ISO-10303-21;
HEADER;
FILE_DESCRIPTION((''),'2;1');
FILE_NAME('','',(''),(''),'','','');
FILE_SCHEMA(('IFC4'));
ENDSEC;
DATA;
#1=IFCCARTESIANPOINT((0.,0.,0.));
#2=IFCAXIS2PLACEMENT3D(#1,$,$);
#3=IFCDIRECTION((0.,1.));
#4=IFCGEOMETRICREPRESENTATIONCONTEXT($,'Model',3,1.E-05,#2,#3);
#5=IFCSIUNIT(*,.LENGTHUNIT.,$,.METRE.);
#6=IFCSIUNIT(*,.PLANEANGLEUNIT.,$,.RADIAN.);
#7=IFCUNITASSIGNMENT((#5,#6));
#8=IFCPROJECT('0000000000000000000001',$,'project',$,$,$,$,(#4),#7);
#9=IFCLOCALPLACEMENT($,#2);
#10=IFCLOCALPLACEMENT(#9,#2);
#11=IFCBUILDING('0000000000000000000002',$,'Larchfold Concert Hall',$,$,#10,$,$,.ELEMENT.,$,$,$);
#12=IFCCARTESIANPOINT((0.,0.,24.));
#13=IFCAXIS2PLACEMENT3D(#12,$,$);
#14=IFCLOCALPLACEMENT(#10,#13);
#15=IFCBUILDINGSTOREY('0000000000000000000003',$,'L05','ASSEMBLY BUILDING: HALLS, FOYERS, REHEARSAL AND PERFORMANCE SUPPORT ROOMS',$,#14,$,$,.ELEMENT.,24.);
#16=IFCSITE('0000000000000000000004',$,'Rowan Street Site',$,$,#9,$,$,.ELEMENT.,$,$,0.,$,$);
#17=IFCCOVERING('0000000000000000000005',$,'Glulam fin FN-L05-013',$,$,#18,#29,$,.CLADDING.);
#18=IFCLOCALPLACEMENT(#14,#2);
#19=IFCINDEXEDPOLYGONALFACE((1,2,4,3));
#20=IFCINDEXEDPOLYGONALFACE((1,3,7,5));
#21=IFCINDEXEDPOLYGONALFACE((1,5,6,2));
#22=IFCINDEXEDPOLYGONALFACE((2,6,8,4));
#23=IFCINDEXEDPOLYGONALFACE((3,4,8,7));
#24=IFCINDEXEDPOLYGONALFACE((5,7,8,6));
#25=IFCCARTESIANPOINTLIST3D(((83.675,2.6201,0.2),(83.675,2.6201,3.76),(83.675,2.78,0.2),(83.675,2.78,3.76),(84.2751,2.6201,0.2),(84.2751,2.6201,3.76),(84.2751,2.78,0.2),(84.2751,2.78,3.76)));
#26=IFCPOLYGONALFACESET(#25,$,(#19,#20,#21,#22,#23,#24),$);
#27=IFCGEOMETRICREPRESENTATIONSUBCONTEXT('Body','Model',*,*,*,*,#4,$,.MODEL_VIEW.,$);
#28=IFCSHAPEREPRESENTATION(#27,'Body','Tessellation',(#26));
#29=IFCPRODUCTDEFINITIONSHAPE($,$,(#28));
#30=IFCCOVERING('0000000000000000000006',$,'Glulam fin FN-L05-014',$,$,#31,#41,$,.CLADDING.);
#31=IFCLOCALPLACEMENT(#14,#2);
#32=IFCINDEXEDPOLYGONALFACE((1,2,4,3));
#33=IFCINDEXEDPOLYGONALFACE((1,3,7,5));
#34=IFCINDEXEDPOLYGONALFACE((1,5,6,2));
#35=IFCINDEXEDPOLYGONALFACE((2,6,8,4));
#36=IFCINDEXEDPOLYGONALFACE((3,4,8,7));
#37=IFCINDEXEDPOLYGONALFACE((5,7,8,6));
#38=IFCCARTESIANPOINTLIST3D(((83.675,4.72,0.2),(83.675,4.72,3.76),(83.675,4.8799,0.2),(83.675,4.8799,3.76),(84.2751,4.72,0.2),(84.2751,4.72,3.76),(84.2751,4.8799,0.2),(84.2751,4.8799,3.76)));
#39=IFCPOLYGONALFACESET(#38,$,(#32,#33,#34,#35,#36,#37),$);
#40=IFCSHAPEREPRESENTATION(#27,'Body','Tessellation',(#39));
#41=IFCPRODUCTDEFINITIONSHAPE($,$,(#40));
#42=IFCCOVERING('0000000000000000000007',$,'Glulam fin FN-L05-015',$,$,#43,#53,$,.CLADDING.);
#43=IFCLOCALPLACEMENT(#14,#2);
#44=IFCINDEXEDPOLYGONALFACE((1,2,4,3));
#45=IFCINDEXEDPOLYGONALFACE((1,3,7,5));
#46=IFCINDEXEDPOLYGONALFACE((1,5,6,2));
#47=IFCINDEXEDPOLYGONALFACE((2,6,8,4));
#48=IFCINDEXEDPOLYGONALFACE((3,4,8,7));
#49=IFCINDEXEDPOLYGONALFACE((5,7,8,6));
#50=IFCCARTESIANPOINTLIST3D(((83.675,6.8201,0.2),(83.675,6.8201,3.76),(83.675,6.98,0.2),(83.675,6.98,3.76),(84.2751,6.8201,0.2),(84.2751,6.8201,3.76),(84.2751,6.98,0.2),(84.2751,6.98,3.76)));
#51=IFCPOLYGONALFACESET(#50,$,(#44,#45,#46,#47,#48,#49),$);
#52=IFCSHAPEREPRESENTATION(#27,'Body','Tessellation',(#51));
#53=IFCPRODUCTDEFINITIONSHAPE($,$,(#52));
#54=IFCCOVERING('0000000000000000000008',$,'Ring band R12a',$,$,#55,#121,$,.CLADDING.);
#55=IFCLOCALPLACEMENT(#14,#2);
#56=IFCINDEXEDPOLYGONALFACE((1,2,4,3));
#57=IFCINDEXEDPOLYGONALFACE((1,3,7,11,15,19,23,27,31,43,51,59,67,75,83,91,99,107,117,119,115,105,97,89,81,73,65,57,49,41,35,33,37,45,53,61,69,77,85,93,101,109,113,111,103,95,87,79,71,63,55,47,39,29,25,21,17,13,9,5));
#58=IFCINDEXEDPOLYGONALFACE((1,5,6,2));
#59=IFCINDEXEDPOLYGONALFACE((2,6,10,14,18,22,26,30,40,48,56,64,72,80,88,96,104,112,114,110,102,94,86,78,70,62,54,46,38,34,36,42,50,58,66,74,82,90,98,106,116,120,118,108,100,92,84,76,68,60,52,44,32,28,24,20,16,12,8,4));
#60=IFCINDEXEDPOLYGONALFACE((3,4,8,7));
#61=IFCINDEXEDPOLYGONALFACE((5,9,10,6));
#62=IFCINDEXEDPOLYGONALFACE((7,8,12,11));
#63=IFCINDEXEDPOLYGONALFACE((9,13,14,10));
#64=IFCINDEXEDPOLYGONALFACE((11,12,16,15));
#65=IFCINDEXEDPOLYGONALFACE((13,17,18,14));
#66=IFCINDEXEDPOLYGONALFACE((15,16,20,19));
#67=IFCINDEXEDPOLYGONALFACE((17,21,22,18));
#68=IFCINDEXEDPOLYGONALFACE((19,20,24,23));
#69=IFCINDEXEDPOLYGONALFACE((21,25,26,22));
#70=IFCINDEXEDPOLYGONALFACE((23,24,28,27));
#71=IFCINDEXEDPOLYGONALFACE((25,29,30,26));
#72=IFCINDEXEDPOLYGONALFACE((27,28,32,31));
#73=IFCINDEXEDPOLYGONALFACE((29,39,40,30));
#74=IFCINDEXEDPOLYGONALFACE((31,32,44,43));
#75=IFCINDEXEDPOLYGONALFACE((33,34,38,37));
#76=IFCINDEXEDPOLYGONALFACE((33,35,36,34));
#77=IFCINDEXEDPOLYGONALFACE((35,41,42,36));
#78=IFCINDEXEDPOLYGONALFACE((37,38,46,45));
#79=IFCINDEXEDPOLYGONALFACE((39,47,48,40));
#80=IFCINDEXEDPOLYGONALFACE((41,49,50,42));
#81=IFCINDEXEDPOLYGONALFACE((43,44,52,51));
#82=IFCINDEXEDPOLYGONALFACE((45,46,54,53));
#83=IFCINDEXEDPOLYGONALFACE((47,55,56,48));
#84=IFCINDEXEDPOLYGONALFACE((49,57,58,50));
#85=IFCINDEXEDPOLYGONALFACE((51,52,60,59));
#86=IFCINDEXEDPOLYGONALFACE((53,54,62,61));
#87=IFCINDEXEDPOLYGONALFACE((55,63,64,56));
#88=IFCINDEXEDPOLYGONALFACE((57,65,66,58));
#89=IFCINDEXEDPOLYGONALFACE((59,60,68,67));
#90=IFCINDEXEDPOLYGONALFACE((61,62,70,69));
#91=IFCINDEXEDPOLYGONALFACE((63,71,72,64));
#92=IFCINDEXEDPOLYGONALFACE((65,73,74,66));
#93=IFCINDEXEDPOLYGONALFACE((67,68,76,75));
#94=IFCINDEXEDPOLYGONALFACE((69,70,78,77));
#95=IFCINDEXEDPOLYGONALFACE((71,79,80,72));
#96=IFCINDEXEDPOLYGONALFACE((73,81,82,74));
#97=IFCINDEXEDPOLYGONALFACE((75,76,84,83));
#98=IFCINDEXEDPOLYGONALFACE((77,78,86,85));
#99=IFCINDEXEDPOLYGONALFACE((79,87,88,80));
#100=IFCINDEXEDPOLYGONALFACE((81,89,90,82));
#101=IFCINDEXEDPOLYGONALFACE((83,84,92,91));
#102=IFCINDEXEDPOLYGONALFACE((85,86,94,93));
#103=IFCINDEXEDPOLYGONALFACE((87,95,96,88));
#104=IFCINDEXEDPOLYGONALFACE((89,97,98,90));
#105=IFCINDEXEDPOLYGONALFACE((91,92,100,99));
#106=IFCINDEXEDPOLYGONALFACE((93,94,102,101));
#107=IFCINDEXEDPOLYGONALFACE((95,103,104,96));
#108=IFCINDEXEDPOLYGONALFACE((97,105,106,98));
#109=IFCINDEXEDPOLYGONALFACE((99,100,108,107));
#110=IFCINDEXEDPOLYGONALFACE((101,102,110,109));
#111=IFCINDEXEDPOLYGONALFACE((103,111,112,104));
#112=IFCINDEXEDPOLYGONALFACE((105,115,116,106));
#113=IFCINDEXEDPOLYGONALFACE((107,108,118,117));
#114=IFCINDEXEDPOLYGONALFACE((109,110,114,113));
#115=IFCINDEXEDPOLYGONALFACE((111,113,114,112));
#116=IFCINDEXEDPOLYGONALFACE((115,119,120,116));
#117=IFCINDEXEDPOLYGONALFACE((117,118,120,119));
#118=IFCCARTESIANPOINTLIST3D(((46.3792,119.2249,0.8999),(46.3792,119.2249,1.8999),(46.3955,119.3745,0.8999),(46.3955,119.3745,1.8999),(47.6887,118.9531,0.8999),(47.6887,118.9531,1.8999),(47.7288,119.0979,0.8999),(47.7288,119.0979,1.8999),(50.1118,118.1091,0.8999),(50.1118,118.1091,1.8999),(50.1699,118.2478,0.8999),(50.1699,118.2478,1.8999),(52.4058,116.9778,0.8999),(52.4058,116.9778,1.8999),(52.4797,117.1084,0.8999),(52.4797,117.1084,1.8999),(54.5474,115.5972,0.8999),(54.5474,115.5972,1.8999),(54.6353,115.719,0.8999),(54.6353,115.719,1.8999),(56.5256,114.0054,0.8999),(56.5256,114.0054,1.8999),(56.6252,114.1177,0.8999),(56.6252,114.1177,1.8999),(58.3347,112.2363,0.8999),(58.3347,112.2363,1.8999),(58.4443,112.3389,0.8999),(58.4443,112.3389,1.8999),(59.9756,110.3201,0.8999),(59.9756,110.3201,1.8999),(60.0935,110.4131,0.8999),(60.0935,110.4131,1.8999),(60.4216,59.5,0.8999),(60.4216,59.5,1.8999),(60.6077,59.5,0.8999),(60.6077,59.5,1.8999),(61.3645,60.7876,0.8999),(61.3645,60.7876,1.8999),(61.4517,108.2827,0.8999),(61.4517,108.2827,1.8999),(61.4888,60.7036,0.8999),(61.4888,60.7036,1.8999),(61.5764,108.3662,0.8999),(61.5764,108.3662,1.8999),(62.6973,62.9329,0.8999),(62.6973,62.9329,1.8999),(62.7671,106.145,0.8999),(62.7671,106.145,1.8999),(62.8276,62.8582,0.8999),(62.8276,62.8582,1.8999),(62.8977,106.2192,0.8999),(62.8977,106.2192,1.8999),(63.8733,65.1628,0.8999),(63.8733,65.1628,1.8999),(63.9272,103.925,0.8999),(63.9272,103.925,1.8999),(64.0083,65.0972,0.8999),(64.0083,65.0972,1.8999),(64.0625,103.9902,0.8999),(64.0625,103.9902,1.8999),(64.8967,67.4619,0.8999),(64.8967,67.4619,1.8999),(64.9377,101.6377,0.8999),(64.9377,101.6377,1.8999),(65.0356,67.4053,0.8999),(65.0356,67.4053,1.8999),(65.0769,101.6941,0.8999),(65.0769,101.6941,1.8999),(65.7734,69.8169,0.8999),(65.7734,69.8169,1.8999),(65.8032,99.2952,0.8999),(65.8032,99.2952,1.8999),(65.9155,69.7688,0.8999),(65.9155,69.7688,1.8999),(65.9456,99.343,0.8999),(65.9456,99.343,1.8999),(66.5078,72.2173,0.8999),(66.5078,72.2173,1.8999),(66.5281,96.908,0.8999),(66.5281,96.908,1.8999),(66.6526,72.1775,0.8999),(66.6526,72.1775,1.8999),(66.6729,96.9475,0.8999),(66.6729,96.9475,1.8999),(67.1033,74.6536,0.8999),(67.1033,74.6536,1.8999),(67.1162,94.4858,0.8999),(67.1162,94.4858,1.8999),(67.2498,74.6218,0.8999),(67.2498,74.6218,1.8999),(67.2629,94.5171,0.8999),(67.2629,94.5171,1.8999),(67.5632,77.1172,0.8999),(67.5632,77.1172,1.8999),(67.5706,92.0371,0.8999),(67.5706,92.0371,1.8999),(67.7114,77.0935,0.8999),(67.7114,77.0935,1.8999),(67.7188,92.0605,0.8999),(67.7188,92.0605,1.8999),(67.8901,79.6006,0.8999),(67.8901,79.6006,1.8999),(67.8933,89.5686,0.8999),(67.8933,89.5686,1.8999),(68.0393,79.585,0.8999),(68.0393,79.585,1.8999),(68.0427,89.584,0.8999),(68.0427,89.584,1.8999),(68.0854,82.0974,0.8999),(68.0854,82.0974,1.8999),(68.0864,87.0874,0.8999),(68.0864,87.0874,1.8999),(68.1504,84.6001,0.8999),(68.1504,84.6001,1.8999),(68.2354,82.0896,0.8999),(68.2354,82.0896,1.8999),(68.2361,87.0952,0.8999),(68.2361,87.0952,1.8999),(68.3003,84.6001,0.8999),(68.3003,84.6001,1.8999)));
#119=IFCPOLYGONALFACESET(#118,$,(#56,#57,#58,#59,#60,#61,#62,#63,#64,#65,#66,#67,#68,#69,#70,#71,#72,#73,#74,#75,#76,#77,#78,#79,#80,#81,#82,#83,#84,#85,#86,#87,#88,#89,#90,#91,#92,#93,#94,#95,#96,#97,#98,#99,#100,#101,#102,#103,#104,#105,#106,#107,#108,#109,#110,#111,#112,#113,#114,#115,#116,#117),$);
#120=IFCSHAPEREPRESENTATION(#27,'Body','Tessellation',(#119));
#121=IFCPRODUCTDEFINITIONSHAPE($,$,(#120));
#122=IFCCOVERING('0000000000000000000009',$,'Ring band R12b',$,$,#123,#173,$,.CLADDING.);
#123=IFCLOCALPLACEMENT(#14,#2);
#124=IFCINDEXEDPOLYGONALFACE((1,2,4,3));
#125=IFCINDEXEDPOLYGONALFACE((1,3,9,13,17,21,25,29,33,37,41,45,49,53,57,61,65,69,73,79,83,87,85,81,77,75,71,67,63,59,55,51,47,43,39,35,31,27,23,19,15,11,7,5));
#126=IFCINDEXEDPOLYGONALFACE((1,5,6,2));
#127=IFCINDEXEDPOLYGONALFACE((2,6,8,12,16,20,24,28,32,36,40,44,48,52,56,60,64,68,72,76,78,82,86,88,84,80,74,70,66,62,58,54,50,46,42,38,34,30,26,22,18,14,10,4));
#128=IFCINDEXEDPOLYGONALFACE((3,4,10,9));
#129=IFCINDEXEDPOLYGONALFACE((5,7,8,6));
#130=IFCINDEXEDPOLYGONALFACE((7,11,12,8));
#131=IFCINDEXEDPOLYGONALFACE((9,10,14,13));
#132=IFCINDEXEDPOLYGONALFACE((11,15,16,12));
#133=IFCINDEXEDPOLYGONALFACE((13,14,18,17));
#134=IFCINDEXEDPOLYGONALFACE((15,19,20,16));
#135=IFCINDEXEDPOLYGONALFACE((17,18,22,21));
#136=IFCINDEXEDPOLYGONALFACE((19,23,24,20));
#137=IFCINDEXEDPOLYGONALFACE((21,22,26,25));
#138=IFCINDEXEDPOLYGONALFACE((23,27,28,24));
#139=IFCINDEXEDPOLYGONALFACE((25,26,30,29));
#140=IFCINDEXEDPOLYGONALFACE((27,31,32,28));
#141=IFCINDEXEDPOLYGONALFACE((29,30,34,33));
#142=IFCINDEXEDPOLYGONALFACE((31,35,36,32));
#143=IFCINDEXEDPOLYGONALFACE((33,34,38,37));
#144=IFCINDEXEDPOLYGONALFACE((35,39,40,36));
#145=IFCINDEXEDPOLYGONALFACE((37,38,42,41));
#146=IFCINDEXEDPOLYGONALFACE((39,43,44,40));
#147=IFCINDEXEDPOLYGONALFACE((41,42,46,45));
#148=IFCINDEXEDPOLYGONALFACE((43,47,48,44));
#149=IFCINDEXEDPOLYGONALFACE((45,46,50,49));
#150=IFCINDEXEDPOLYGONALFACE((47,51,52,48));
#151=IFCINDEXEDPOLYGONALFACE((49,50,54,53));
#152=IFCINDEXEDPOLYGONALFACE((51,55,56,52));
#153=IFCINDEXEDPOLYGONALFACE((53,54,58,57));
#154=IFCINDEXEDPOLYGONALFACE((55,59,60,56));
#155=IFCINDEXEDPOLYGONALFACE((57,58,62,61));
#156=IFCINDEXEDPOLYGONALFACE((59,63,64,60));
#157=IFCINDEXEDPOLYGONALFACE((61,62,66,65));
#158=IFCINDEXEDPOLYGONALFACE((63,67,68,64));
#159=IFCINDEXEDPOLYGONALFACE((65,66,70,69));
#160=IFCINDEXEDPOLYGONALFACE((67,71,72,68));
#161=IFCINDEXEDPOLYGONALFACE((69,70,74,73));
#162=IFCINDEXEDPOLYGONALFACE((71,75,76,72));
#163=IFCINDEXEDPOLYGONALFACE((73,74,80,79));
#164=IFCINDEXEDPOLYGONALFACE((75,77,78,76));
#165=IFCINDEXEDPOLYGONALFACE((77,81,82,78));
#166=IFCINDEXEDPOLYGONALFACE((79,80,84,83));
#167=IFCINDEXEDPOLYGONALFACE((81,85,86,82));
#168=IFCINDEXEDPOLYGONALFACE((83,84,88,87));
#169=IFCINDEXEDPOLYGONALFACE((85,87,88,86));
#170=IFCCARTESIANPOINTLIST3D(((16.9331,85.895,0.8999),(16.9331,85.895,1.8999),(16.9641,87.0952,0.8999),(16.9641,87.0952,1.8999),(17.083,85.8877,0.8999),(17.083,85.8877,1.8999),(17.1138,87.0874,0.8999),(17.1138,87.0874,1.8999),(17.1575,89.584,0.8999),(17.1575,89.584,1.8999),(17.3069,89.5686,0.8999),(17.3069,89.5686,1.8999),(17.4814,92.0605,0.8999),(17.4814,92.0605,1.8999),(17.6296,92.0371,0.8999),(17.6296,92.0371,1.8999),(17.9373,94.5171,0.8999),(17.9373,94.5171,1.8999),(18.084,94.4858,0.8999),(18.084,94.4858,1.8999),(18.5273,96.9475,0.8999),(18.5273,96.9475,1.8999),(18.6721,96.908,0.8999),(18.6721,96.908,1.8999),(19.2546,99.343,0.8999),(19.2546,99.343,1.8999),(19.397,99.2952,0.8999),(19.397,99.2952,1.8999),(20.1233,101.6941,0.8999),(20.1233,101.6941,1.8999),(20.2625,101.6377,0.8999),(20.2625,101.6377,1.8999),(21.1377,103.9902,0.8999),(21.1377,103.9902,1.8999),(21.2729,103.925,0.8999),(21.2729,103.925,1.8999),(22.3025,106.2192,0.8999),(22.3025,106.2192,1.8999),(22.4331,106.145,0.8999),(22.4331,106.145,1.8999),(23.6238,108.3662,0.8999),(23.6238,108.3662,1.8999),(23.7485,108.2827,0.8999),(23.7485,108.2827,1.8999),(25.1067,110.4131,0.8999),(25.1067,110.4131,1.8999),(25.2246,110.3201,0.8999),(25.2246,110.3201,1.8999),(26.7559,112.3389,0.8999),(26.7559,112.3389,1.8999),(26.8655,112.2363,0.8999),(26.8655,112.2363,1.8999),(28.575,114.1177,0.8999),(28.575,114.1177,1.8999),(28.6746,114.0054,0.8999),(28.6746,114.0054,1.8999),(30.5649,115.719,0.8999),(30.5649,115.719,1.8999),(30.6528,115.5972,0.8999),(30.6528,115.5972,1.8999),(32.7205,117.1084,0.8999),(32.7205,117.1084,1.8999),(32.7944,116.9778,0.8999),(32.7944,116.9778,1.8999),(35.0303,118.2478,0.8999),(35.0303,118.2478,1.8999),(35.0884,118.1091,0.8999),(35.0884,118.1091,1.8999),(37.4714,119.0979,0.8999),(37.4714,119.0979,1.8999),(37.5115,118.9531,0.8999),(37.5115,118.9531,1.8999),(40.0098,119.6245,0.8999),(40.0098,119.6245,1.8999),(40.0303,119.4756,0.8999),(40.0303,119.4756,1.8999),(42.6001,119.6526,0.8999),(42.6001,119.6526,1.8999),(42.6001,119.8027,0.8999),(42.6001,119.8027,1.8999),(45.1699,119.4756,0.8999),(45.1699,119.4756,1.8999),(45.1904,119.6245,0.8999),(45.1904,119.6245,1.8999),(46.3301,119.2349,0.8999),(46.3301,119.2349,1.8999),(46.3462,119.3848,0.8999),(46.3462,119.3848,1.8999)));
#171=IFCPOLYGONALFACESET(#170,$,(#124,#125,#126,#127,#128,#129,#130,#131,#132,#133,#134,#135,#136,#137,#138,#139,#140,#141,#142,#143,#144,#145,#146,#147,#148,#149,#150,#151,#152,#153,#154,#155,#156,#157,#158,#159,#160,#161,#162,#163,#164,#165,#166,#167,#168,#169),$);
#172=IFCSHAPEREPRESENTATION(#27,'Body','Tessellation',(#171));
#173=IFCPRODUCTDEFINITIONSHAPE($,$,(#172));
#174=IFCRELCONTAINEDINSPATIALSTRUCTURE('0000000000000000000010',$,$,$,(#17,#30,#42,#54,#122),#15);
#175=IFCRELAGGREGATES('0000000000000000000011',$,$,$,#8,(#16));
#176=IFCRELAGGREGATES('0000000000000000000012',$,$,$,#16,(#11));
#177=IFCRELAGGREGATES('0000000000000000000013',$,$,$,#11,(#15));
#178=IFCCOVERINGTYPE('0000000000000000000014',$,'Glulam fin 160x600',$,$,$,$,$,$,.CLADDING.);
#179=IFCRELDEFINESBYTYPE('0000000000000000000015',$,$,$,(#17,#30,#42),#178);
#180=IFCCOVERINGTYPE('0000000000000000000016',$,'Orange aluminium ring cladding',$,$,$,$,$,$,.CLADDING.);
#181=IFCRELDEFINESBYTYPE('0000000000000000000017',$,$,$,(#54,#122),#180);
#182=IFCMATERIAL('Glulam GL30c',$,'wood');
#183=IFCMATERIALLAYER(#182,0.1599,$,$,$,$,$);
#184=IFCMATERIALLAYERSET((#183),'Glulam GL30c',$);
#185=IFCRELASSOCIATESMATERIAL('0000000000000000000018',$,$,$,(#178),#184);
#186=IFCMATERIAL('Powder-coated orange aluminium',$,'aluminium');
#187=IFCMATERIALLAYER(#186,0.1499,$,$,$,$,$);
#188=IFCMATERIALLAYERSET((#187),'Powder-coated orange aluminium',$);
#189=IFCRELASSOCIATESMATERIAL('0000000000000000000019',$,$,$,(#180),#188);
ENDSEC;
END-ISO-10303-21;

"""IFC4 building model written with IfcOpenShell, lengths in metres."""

from ifc_helpers import new_model, si_unit, direction, frame, origin, place, context, subcontext, project, spatial, polyline, outline, extrude, material, layer, layer_set, type_object, element, save


model = new_model("IFC4")

# Units and contexts
model_context = context("Model", 3, precision=1e-05, world=origin(), true_north=direction((0.0, 1.0)))
body_context = subcontext(model_context, "Body", "Model", "MODEL_VIEW")
ifc_project = project(units=[si_unit("LENGTHUNIT", "METRE"), si_unit("PLANEANGLEUNIT", "RADIAN")], contexts=[model_context])

# Site, building, storey
site_placement = place(None, origin())
site = spatial("IfcSite", under=ifc_project, at=site_placement, Name="Rowan Street Site", CompositionType="ELEMENT", RefElevation=0.0)
building_placement = place(site_placement, origin())
building = spatial("IfcBuilding", under=site, at=building_placement, Name="Larchfold Concert Hall", CompositionType="ELEMENT")
storey_placement = place(building_placement, frame((0.0, 0.0, 24.0)))
storey = spatial("IfcBuildingStorey", under=building, at=storey_placement, Name="L05", Description="ASSEMBLY BUILDING: HALLS, FOYERS, REHEARSAL AND PERFORMANCE SUPPORT ROOMS", CompositionType="ELEMENT", Elevation=24.0)

# Coverings
ifc_material_1 = material(Name="Glulam GL30c", Category="wood")
ifc_layer_1 = layer(ifc_material_1, 0.1599)
ifc_layer_set_1 = layer_set([ifc_layer_1], Name="Glulam GL30c")
covering_type_1 = type_object("IfcCoveringType", Name="Glulam fin 160x600", PredefinedType="CLADDING", material=ifc_layer_set_1)
covering_1_placement = place(storey_placement, frame((0.0, 0.0, 0.2)))
element("IfcCovering", 1, at=covering_1_placement, inside=storey, type_object=covering_type_1, Name="Glulam fin FN-L05-013", PredefinedType="CLADDING", context=body_context, shape_type="SweptSolid", body=[
    extrude(outline(polyline([(84.2751, 2.6201), (84.2751, 2.78), (83.675, 2.78), (83.675, 2.6201), (84.2751, 2.6201)])), origin(), (0.0, 0.0, 1.0), 3.5601),
])
covering_2_placement = place(storey_placement, frame((0.0, 0.0, 0.2)))
element("IfcCovering", 2, at=covering_2_placement, inside=storey, type_object=covering_type_1, Name="Glulam fin FN-L05-014", PredefinedType="CLADDING", context=body_context, shape_type="SweptSolid", body=[
    extrude(outline(polyline([(84.2751, 4.72), (84.2751, 4.8799), (83.675, 4.8799), (83.675, 4.72), (84.2751, 4.72)])), origin(), (0.0, 0.0, 1.0), 3.5601),
])
covering_3_placement = place(storey_placement, frame((0.0, 0.0, 0.2)))
element("IfcCovering", 3, at=covering_3_placement, inside=storey, type_object=covering_type_1, Name="Glulam fin FN-L05-015", PredefinedType="CLADDING", context=body_context, shape_type="SweptSolid", body=[
    extrude(outline(polyline([(84.2751, 6.8201), (84.2751, 6.98), (83.675, 6.98), (83.675, 6.8201), (84.2751, 6.8201)])), origin(), (0.0, 0.0, 1.0), 3.5601),
])
ifc_material_2 = material(Name="Powder-coated orange aluminium", Category="aluminium")
ifc_layer_2 = layer(ifc_material_2, 0.1499)
ifc_layer_set_2 = layer_set([ifc_layer_2], Name="Powder-coated orange aluminium")
covering_type_2 = type_object("IfcCoveringType", Name="Orange aluminium ring cladding", PredefinedType="CLADDING", material=ifc_layer_set_2)
covering_4_placement = place(storey_placement, frame((0.0, 0.0, 0.8999)))
element("IfcCovering", 4, at=covering_4_placement, inside=storey, type_object=covering_type_2, Name="Ring band R12a", PredefinedType="CLADDING", context=body_context, shape_type="SweptSolid", body=[
    extrude(outline(polyline([(67.2498, 74.6218), (67.7114, 77.0935), (68.0393, 79.585), (68.2354, 82.0896), (68.3003, 84.6001), (68.2361, 87.0952), (68.0427, 89.584), (67.7188, 92.0605), (67.2629, 94.5171), (66.6729, 96.9475), (65.9456, 99.343), (65.0769, 101.6941), (64.0625, 103.9902), (62.8977, 106.2192), (61.5764, 108.3662), (60.0935, 110.4131), (58.4443, 112.3389), (56.6252, 114.1177), (54.6353, 115.719), (52.4797, 117.1084), (50.1699, 118.2478), (47.7288, 119.0979), (46.3955, 119.3745), (46.3792, 119.2249), (47.6887, 118.9531), (50.1118, 118.1091), (52.4058, 116.9778), (54.5474, 115.5972), (56.5256, 114.0054), (58.3347, 112.2363), (59.9756, 110.3201), (61.4517, 108.2827), (62.7671, 106.145), (63.9272, 103.925), (64.9377, 101.6377), (65.8032, 99.2952), (66.5281, 96.908), (67.1162, 94.4858), (67.5706, 92.0371), (67.8933, 89.5686), (68.0864, 87.0874), (68.1504, 84.6001), (68.0854, 82.0974), (67.8901, 79.6006), (67.5632, 77.1172), (67.1033, 74.6536), (66.5078, 72.2173), (65.7734, 69.8169), (64.8967, 67.4619), (63.8733, 65.1628), (62.6973, 62.9329), (61.3645, 60.7876), (60.4216, 59.5), (60.6077, 59.5), (61.4888, 60.7036), (62.8276, 62.8582), (64.0083, 65.0972), (65.0356, 67.4053), (65.9155, 69.7688), (66.6526, 72.1775), (67.2498, 74.6218)])), origin(), (0.0, 0.0, 1.0), 1.0),
])
covering_5_placement = place(storey_placement, frame((0.0, 0.0, 0.8999)))
element("IfcCovering", 5, at=covering_5_placement, inside=storey, type_object=covering_type_2, Name="Ring band R12b", PredefinedType="CLADDING", context=body_context, shape_type="SweptSolid", body=[
    extrude(outline(polyline([(42.6001, 119.6526), (45.1699, 119.4756), (46.3301, 119.2349), (46.3462, 119.3848), (45.1904, 119.6245), (42.6001, 119.8027), (40.0098, 119.6245), (37.4714, 119.0979), (35.0303, 118.2478), (32.7205, 117.1084), (30.5649, 115.719), (28.575, 114.1177), (26.7559, 112.3389), (25.1067, 110.4131), (23.6238, 108.3662), (22.3025, 106.2192), (21.1377, 103.9902), (20.1233, 101.6941), (19.2546, 99.343), (18.5273, 96.9475), (17.9373, 94.5171), (17.4814, 92.0605), (17.1575, 89.584), (16.9641, 87.0952), (16.9331, 85.895), (17.083, 85.8877), (17.1138, 87.0874), (17.3069, 89.5686), (17.6296, 92.0371), (18.084, 94.4858), (18.6721, 96.908), (19.397, 99.2952), (20.2625, 101.6377), (21.2729, 103.925), (22.4331, 106.145), (23.7485, 108.2827), (25.2246, 110.3201), (26.8655, 112.2363), (28.6746, 114.0054), (30.6528, 115.5972), (32.7944, 116.9778), (35.0884, 118.1091), (37.5115, 118.9531), (40.0303, 119.4756), (42.6001, 119.6526)])), origin(), (0.0, 0.0, 1.0), 1.0),
])

save(model, "model.ifc")
